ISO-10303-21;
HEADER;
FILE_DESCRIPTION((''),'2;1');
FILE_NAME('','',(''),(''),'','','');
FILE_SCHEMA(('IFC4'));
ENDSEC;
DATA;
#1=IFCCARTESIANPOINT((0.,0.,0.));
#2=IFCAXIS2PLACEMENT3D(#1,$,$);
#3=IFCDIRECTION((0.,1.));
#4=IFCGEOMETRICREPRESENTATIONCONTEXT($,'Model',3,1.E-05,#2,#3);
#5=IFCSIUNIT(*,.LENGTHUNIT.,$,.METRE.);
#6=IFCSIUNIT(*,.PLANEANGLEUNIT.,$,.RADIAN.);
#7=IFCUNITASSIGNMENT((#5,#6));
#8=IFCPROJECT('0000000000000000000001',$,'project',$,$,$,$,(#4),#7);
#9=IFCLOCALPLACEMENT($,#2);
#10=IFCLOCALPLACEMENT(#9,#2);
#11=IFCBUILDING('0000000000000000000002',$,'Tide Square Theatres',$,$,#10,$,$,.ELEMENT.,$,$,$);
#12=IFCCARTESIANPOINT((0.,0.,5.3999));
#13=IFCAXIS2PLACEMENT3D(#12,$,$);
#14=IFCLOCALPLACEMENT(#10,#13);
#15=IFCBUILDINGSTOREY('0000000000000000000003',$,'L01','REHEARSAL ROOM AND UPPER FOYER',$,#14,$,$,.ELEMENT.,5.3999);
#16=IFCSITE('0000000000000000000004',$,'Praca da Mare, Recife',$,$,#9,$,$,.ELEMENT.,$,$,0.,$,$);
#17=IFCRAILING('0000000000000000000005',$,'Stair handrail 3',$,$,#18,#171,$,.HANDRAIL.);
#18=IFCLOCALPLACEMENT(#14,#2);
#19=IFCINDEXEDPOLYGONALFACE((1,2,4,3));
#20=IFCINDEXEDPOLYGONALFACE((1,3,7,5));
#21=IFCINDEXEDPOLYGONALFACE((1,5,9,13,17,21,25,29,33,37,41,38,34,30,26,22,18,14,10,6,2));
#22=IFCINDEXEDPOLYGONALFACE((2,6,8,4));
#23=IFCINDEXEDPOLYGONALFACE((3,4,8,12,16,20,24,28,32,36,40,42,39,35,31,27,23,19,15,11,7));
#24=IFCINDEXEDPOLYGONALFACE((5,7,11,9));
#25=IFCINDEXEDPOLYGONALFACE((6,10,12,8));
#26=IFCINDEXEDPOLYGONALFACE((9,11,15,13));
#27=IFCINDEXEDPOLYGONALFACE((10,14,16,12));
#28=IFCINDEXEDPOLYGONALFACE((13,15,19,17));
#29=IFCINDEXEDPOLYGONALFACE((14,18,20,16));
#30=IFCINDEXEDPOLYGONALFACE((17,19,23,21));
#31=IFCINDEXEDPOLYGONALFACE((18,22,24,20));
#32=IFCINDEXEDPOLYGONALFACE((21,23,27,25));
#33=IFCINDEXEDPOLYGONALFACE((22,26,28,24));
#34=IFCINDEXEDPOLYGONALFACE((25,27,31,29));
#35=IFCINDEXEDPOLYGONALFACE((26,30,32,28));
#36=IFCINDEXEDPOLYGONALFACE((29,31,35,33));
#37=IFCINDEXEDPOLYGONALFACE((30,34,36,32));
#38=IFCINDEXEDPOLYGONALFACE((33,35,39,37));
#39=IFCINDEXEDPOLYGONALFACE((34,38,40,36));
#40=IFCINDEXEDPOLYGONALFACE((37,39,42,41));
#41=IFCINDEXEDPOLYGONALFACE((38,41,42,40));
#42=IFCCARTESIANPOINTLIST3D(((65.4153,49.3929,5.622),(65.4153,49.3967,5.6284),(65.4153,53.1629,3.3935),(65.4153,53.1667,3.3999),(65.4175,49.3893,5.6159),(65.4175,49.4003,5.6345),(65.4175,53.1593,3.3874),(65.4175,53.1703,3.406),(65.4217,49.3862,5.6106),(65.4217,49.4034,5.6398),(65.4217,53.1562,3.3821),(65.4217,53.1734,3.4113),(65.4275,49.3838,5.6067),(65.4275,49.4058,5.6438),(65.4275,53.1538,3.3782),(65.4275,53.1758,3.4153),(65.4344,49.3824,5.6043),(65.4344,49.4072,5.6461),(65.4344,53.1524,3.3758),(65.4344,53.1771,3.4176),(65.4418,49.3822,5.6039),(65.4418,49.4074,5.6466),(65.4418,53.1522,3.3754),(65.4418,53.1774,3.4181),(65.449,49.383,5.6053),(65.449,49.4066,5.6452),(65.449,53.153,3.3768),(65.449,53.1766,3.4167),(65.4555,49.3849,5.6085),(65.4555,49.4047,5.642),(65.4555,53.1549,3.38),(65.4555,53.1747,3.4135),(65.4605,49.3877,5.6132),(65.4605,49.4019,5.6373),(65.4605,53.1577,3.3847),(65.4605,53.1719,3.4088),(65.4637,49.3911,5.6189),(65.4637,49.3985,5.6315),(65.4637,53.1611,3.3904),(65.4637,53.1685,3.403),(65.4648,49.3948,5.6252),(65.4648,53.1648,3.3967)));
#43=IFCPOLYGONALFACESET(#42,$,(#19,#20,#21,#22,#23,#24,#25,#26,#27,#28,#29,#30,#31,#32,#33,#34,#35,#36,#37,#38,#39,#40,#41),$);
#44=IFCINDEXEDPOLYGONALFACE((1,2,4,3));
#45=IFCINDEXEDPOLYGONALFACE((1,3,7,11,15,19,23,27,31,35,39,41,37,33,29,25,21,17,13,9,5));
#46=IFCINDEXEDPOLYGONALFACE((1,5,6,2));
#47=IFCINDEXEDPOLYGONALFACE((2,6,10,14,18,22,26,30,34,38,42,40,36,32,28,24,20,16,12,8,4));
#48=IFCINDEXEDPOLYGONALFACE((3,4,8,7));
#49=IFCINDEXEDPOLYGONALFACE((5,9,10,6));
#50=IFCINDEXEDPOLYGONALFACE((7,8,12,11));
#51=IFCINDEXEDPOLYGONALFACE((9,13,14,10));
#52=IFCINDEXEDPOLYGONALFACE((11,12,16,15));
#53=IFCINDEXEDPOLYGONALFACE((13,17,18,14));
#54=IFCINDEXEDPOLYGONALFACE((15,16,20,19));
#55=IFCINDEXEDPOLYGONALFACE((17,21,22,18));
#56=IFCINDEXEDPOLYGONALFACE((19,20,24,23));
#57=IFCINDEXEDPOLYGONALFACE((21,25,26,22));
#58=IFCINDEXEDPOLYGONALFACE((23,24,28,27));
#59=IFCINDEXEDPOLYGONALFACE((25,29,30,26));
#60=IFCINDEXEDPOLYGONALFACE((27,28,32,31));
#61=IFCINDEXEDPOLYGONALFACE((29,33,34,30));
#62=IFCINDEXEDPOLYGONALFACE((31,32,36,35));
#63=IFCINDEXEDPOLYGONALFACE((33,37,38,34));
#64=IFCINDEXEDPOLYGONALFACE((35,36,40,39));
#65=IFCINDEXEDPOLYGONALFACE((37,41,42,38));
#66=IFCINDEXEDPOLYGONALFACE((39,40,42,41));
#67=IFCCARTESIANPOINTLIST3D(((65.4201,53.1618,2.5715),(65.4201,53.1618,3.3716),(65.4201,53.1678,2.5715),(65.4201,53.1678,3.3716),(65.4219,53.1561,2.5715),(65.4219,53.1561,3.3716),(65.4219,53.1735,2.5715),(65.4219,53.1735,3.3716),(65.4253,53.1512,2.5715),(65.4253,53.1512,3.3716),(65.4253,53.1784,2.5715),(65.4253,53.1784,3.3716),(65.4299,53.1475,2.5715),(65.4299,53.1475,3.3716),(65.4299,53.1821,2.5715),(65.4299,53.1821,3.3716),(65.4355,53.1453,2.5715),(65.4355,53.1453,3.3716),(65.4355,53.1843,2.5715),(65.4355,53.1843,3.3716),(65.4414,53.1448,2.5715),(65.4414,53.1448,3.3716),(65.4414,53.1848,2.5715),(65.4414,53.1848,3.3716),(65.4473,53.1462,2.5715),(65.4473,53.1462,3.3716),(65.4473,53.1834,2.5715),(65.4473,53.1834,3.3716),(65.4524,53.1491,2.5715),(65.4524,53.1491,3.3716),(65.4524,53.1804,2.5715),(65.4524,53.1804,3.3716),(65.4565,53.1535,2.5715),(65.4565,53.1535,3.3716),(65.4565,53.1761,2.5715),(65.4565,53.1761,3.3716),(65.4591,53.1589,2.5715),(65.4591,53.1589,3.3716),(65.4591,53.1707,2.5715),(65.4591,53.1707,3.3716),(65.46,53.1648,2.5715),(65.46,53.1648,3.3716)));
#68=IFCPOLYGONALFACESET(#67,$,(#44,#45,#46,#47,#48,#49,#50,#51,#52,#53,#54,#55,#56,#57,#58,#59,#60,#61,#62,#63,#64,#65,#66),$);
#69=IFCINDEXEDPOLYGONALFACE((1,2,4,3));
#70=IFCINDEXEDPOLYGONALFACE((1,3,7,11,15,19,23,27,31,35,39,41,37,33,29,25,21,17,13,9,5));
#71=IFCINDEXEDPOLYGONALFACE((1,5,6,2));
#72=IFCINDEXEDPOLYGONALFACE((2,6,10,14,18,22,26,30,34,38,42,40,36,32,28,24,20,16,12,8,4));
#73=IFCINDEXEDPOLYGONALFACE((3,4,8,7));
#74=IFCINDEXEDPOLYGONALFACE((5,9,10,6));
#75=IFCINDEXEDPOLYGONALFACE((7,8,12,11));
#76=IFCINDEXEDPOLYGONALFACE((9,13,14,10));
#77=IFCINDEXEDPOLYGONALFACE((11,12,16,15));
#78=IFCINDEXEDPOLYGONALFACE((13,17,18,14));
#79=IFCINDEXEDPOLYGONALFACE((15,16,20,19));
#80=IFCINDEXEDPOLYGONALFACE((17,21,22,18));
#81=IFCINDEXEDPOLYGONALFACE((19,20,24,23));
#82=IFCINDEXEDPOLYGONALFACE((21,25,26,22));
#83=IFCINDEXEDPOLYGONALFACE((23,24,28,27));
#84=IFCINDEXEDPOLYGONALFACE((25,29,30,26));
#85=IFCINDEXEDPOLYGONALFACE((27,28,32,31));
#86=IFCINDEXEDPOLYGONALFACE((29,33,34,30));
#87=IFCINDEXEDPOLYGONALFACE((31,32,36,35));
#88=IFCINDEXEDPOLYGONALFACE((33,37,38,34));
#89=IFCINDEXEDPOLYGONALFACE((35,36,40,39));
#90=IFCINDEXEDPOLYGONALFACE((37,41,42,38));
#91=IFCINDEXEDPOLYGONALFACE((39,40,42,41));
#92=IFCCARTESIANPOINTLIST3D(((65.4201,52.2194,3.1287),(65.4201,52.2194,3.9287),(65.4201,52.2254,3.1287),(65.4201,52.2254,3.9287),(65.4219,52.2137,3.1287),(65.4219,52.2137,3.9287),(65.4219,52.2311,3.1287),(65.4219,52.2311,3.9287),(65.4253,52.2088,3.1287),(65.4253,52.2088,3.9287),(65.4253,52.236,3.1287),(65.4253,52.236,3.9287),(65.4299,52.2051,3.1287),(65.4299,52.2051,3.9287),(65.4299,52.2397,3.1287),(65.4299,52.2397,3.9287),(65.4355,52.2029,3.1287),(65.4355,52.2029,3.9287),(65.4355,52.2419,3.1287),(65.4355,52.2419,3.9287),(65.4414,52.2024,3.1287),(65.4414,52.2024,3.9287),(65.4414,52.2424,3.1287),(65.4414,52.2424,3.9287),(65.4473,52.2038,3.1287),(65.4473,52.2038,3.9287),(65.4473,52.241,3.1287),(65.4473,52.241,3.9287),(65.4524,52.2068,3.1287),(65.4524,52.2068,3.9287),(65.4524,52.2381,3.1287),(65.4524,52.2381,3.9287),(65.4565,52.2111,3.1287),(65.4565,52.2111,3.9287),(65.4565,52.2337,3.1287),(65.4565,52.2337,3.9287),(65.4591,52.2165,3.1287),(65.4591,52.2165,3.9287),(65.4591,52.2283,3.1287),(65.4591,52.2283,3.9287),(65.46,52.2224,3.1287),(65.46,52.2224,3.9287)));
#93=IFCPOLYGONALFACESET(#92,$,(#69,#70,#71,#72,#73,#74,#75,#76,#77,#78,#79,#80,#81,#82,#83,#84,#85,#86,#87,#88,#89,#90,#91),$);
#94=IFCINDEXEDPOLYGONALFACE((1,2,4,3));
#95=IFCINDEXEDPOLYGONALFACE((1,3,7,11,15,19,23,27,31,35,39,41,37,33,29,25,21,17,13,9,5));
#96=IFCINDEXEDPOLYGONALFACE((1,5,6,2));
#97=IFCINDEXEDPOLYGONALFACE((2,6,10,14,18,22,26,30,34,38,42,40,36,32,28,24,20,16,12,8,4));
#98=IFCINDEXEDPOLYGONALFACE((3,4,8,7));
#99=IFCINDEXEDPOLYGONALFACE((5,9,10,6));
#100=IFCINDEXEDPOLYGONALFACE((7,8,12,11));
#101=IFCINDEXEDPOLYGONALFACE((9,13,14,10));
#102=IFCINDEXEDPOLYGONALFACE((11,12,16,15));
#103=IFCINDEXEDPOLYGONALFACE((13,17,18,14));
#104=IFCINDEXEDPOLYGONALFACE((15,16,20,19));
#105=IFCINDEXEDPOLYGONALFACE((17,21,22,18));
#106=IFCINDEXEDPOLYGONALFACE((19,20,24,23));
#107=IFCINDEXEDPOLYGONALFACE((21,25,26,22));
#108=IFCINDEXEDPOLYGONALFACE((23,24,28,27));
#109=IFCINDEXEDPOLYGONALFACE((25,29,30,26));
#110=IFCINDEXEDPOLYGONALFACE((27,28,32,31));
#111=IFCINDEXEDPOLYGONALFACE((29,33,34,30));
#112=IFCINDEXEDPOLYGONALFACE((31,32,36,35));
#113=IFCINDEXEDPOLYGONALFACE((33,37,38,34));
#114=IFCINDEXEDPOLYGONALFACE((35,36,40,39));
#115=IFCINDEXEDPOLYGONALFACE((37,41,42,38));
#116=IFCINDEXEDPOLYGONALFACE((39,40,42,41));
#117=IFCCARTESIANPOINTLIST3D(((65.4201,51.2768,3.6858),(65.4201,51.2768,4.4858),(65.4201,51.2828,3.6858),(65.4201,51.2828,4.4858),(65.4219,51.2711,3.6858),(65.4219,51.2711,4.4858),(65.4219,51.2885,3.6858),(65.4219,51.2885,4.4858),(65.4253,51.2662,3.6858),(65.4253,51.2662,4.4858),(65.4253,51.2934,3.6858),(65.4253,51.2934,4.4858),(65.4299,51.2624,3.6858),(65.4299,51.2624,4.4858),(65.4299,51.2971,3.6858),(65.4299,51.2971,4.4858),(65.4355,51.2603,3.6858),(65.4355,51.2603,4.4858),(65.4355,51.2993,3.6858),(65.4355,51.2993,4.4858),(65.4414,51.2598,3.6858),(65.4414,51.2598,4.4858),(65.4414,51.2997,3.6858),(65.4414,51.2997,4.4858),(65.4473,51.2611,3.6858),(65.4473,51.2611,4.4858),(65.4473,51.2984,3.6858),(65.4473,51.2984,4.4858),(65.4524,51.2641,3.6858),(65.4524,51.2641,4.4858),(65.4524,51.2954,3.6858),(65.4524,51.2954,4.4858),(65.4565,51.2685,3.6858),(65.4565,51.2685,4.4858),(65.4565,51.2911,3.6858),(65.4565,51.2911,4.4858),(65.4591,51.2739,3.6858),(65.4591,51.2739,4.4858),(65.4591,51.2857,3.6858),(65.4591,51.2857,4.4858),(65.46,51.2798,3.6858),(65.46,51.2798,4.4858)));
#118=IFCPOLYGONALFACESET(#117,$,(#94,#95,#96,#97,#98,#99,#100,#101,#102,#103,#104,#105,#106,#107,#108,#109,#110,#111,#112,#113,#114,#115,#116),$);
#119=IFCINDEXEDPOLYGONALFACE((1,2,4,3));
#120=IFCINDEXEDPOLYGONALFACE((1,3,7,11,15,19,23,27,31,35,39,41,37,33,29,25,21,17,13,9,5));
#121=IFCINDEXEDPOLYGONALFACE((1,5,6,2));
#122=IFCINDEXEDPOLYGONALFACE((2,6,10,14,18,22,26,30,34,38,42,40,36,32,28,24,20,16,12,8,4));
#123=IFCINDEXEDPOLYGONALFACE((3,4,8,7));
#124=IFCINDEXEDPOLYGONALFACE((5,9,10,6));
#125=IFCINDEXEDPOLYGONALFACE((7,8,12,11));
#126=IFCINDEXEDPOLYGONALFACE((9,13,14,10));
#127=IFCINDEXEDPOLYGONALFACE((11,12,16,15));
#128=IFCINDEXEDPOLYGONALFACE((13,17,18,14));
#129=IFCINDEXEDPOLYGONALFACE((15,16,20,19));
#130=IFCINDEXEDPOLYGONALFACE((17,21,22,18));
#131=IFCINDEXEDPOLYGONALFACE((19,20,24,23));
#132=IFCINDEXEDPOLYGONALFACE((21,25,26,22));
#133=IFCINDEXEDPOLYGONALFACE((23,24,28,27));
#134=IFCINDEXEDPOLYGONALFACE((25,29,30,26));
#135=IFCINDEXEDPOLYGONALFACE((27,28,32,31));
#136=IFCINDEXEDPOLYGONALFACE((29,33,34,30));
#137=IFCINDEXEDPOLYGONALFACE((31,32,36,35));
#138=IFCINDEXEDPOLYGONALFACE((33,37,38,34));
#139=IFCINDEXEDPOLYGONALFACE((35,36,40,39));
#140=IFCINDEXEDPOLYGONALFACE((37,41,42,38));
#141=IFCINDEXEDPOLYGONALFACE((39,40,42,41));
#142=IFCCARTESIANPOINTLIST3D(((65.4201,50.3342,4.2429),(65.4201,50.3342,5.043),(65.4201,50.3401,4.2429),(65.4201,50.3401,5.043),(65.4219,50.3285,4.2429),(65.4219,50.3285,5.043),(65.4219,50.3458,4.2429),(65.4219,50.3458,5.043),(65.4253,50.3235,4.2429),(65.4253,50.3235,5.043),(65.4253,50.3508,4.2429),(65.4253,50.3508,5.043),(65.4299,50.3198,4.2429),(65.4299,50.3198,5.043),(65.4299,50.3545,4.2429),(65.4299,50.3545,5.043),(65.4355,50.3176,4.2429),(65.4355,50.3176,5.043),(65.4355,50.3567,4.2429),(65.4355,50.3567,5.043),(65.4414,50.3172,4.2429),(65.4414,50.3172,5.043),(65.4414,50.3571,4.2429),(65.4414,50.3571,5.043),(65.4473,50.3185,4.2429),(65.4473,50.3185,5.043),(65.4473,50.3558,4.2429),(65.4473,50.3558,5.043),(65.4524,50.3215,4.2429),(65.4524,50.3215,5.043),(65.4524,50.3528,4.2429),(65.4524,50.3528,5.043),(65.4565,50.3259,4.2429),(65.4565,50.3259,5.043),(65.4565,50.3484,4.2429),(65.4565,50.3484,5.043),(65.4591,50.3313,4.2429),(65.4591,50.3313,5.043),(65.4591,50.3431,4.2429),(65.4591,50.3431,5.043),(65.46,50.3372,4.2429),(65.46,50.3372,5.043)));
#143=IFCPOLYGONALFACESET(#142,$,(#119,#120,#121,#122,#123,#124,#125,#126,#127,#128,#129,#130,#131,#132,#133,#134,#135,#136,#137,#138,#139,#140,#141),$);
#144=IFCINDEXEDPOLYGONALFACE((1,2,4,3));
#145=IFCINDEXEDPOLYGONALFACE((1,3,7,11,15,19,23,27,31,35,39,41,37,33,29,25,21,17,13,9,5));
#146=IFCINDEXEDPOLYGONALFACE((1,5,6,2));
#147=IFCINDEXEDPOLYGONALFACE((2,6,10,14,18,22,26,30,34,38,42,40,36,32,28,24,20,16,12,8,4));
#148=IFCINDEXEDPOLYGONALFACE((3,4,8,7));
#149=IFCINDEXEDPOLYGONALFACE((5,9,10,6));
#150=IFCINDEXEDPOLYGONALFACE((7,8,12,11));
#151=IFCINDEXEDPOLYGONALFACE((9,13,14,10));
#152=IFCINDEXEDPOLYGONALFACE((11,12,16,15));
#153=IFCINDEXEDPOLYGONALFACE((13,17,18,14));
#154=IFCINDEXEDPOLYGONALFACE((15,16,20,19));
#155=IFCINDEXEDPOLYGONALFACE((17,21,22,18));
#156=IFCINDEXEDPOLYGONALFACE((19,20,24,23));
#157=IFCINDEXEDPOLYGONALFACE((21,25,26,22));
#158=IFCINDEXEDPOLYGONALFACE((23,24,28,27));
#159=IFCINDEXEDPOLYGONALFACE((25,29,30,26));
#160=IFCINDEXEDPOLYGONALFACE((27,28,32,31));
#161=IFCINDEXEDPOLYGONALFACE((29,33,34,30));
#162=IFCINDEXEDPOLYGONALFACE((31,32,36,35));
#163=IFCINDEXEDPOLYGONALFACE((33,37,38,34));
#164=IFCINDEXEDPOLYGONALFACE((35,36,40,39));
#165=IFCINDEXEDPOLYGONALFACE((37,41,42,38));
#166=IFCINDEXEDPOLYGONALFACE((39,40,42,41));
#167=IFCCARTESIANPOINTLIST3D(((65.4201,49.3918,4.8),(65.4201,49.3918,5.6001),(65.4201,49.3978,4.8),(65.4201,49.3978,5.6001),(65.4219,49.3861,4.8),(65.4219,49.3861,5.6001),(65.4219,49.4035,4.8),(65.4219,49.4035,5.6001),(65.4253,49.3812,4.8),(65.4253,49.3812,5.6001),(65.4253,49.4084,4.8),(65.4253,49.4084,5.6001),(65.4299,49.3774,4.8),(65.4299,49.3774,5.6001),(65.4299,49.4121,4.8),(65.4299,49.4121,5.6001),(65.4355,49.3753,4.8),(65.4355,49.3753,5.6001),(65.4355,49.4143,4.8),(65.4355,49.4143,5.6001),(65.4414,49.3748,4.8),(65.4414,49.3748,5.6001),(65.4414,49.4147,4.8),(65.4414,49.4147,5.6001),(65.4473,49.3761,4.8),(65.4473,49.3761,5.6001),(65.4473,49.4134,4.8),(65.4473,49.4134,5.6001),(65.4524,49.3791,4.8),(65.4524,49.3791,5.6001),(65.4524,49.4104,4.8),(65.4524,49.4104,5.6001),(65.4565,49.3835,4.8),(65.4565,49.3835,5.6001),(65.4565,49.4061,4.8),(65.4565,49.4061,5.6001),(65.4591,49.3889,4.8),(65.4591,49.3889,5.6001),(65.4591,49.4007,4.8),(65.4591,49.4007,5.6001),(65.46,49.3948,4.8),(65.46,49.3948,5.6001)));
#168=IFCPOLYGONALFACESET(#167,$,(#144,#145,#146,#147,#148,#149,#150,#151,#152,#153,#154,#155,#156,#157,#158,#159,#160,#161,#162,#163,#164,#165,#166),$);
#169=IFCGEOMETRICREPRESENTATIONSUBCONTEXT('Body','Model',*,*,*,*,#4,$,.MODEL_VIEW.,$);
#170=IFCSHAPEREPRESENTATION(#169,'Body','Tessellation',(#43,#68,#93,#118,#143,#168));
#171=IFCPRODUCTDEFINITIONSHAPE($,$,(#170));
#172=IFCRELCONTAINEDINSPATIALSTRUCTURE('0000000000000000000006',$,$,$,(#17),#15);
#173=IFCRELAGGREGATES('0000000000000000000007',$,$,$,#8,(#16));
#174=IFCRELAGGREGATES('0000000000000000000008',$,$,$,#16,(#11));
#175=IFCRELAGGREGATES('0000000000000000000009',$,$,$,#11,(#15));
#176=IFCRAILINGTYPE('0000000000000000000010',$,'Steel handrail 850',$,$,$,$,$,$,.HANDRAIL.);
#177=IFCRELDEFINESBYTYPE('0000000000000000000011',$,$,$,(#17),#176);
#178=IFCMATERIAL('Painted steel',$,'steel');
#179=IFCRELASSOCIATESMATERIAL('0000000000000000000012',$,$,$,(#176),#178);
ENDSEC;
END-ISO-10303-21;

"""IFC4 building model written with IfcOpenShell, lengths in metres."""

from ifc_helpers import new_model, si_unit, direction, frame, origin, origin_2d, place, context, subcontext, project, spatial, circle, extrude, material, type_object, element, save


model = new_model("IFC4")

# Units and contexts
model_context = context("Model", 3, precision=1e-05, world=origin(), true_north=direction((0.0, 1.0)))
body_context = subcontext(model_context, "Body", "Model", "MODEL_VIEW")
ifc_project = project(units=[si_unit("LENGTHUNIT", "METRE"), si_unit("PLANEANGLEUNIT", "RADIAN")], contexts=[model_context])

# Site, building, storey
site_placement = place(None, origin())
site = spatial("IfcSite", under=ifc_project, at=site_placement, Name="Praca da Mare, Recife", CompositionType="ELEMENT", RefElevation=0.0)
building_placement = place(site_placement, origin())
building = spatial("IfcBuilding", under=site, at=building_placement, Name="Tide Square Theatres", CompositionType="ELEMENT")
storey_placement = place(building_placement, frame((0.0, 0.0, 5.3999)))
storey = spatial("IfcBuildingStorey", under=building, at=storey_placement, Name="L01", Description="REHEARSAL ROOM AND UPPER FOYER", CompositionType="ELEMENT", Elevation=5.3999)

# Railing
ifc_material_1 = material(Name="Painted steel", Category="steel")
railing_type = type_object("IfcRailingType", Name="Steel handrail 850", PredefinedType="HANDRAIL", material=ifc_material_1)
for number, where, name in (
    (1, (65.4399, 53.1648, 2.5715), "Stair handrail 3"),
):
    element("IfcRailing", number, at=place(storey_placement, frame(where)), inside=storey, type_object=railing_type, Name=name, PredefinedType="HANDRAIL", context=body_context, shape_type="SweptSolid", body=[
        extrude(circle(Radius=0.0249, at=origin_2d()), frame((0.0, 0.0, 0.8252), z_axis=(0.0, -0.860849, 0.508861), x_axis=(1.0, 0.0, 0.0)), (0.0, 0.0, 1.0), 4.3794),
        extrude(circle(Radius=0.02, at=origin_2d()), origin(), (0.0, 0.0, 1.0), 0.8),
        extrude(circle(Radius=0.02, at=origin_2d()), frame((0.0, -0.9424, 0.5571)), (0.0, 0.0, 1.0), 0.8),
        extrude(circle(Radius=0.02, at=origin_2d()), frame((0.0, -1.885, 1.1143)), (0.0, 0.0, 1.0), 0.8),
        extrude(circle(Radius=0.02, at=origin_2d()), frame((0.0, -2.8276, 1.6714)), (0.0, 0.0, 1.0), 0.8),
        extrude(circle(Radius=0.02, at=origin_2d()), frame((0.0, -3.77, 2.2285)), (0.0, 0.0, 1.0), 0.8),
    ])

save(model, "model.ifc")
